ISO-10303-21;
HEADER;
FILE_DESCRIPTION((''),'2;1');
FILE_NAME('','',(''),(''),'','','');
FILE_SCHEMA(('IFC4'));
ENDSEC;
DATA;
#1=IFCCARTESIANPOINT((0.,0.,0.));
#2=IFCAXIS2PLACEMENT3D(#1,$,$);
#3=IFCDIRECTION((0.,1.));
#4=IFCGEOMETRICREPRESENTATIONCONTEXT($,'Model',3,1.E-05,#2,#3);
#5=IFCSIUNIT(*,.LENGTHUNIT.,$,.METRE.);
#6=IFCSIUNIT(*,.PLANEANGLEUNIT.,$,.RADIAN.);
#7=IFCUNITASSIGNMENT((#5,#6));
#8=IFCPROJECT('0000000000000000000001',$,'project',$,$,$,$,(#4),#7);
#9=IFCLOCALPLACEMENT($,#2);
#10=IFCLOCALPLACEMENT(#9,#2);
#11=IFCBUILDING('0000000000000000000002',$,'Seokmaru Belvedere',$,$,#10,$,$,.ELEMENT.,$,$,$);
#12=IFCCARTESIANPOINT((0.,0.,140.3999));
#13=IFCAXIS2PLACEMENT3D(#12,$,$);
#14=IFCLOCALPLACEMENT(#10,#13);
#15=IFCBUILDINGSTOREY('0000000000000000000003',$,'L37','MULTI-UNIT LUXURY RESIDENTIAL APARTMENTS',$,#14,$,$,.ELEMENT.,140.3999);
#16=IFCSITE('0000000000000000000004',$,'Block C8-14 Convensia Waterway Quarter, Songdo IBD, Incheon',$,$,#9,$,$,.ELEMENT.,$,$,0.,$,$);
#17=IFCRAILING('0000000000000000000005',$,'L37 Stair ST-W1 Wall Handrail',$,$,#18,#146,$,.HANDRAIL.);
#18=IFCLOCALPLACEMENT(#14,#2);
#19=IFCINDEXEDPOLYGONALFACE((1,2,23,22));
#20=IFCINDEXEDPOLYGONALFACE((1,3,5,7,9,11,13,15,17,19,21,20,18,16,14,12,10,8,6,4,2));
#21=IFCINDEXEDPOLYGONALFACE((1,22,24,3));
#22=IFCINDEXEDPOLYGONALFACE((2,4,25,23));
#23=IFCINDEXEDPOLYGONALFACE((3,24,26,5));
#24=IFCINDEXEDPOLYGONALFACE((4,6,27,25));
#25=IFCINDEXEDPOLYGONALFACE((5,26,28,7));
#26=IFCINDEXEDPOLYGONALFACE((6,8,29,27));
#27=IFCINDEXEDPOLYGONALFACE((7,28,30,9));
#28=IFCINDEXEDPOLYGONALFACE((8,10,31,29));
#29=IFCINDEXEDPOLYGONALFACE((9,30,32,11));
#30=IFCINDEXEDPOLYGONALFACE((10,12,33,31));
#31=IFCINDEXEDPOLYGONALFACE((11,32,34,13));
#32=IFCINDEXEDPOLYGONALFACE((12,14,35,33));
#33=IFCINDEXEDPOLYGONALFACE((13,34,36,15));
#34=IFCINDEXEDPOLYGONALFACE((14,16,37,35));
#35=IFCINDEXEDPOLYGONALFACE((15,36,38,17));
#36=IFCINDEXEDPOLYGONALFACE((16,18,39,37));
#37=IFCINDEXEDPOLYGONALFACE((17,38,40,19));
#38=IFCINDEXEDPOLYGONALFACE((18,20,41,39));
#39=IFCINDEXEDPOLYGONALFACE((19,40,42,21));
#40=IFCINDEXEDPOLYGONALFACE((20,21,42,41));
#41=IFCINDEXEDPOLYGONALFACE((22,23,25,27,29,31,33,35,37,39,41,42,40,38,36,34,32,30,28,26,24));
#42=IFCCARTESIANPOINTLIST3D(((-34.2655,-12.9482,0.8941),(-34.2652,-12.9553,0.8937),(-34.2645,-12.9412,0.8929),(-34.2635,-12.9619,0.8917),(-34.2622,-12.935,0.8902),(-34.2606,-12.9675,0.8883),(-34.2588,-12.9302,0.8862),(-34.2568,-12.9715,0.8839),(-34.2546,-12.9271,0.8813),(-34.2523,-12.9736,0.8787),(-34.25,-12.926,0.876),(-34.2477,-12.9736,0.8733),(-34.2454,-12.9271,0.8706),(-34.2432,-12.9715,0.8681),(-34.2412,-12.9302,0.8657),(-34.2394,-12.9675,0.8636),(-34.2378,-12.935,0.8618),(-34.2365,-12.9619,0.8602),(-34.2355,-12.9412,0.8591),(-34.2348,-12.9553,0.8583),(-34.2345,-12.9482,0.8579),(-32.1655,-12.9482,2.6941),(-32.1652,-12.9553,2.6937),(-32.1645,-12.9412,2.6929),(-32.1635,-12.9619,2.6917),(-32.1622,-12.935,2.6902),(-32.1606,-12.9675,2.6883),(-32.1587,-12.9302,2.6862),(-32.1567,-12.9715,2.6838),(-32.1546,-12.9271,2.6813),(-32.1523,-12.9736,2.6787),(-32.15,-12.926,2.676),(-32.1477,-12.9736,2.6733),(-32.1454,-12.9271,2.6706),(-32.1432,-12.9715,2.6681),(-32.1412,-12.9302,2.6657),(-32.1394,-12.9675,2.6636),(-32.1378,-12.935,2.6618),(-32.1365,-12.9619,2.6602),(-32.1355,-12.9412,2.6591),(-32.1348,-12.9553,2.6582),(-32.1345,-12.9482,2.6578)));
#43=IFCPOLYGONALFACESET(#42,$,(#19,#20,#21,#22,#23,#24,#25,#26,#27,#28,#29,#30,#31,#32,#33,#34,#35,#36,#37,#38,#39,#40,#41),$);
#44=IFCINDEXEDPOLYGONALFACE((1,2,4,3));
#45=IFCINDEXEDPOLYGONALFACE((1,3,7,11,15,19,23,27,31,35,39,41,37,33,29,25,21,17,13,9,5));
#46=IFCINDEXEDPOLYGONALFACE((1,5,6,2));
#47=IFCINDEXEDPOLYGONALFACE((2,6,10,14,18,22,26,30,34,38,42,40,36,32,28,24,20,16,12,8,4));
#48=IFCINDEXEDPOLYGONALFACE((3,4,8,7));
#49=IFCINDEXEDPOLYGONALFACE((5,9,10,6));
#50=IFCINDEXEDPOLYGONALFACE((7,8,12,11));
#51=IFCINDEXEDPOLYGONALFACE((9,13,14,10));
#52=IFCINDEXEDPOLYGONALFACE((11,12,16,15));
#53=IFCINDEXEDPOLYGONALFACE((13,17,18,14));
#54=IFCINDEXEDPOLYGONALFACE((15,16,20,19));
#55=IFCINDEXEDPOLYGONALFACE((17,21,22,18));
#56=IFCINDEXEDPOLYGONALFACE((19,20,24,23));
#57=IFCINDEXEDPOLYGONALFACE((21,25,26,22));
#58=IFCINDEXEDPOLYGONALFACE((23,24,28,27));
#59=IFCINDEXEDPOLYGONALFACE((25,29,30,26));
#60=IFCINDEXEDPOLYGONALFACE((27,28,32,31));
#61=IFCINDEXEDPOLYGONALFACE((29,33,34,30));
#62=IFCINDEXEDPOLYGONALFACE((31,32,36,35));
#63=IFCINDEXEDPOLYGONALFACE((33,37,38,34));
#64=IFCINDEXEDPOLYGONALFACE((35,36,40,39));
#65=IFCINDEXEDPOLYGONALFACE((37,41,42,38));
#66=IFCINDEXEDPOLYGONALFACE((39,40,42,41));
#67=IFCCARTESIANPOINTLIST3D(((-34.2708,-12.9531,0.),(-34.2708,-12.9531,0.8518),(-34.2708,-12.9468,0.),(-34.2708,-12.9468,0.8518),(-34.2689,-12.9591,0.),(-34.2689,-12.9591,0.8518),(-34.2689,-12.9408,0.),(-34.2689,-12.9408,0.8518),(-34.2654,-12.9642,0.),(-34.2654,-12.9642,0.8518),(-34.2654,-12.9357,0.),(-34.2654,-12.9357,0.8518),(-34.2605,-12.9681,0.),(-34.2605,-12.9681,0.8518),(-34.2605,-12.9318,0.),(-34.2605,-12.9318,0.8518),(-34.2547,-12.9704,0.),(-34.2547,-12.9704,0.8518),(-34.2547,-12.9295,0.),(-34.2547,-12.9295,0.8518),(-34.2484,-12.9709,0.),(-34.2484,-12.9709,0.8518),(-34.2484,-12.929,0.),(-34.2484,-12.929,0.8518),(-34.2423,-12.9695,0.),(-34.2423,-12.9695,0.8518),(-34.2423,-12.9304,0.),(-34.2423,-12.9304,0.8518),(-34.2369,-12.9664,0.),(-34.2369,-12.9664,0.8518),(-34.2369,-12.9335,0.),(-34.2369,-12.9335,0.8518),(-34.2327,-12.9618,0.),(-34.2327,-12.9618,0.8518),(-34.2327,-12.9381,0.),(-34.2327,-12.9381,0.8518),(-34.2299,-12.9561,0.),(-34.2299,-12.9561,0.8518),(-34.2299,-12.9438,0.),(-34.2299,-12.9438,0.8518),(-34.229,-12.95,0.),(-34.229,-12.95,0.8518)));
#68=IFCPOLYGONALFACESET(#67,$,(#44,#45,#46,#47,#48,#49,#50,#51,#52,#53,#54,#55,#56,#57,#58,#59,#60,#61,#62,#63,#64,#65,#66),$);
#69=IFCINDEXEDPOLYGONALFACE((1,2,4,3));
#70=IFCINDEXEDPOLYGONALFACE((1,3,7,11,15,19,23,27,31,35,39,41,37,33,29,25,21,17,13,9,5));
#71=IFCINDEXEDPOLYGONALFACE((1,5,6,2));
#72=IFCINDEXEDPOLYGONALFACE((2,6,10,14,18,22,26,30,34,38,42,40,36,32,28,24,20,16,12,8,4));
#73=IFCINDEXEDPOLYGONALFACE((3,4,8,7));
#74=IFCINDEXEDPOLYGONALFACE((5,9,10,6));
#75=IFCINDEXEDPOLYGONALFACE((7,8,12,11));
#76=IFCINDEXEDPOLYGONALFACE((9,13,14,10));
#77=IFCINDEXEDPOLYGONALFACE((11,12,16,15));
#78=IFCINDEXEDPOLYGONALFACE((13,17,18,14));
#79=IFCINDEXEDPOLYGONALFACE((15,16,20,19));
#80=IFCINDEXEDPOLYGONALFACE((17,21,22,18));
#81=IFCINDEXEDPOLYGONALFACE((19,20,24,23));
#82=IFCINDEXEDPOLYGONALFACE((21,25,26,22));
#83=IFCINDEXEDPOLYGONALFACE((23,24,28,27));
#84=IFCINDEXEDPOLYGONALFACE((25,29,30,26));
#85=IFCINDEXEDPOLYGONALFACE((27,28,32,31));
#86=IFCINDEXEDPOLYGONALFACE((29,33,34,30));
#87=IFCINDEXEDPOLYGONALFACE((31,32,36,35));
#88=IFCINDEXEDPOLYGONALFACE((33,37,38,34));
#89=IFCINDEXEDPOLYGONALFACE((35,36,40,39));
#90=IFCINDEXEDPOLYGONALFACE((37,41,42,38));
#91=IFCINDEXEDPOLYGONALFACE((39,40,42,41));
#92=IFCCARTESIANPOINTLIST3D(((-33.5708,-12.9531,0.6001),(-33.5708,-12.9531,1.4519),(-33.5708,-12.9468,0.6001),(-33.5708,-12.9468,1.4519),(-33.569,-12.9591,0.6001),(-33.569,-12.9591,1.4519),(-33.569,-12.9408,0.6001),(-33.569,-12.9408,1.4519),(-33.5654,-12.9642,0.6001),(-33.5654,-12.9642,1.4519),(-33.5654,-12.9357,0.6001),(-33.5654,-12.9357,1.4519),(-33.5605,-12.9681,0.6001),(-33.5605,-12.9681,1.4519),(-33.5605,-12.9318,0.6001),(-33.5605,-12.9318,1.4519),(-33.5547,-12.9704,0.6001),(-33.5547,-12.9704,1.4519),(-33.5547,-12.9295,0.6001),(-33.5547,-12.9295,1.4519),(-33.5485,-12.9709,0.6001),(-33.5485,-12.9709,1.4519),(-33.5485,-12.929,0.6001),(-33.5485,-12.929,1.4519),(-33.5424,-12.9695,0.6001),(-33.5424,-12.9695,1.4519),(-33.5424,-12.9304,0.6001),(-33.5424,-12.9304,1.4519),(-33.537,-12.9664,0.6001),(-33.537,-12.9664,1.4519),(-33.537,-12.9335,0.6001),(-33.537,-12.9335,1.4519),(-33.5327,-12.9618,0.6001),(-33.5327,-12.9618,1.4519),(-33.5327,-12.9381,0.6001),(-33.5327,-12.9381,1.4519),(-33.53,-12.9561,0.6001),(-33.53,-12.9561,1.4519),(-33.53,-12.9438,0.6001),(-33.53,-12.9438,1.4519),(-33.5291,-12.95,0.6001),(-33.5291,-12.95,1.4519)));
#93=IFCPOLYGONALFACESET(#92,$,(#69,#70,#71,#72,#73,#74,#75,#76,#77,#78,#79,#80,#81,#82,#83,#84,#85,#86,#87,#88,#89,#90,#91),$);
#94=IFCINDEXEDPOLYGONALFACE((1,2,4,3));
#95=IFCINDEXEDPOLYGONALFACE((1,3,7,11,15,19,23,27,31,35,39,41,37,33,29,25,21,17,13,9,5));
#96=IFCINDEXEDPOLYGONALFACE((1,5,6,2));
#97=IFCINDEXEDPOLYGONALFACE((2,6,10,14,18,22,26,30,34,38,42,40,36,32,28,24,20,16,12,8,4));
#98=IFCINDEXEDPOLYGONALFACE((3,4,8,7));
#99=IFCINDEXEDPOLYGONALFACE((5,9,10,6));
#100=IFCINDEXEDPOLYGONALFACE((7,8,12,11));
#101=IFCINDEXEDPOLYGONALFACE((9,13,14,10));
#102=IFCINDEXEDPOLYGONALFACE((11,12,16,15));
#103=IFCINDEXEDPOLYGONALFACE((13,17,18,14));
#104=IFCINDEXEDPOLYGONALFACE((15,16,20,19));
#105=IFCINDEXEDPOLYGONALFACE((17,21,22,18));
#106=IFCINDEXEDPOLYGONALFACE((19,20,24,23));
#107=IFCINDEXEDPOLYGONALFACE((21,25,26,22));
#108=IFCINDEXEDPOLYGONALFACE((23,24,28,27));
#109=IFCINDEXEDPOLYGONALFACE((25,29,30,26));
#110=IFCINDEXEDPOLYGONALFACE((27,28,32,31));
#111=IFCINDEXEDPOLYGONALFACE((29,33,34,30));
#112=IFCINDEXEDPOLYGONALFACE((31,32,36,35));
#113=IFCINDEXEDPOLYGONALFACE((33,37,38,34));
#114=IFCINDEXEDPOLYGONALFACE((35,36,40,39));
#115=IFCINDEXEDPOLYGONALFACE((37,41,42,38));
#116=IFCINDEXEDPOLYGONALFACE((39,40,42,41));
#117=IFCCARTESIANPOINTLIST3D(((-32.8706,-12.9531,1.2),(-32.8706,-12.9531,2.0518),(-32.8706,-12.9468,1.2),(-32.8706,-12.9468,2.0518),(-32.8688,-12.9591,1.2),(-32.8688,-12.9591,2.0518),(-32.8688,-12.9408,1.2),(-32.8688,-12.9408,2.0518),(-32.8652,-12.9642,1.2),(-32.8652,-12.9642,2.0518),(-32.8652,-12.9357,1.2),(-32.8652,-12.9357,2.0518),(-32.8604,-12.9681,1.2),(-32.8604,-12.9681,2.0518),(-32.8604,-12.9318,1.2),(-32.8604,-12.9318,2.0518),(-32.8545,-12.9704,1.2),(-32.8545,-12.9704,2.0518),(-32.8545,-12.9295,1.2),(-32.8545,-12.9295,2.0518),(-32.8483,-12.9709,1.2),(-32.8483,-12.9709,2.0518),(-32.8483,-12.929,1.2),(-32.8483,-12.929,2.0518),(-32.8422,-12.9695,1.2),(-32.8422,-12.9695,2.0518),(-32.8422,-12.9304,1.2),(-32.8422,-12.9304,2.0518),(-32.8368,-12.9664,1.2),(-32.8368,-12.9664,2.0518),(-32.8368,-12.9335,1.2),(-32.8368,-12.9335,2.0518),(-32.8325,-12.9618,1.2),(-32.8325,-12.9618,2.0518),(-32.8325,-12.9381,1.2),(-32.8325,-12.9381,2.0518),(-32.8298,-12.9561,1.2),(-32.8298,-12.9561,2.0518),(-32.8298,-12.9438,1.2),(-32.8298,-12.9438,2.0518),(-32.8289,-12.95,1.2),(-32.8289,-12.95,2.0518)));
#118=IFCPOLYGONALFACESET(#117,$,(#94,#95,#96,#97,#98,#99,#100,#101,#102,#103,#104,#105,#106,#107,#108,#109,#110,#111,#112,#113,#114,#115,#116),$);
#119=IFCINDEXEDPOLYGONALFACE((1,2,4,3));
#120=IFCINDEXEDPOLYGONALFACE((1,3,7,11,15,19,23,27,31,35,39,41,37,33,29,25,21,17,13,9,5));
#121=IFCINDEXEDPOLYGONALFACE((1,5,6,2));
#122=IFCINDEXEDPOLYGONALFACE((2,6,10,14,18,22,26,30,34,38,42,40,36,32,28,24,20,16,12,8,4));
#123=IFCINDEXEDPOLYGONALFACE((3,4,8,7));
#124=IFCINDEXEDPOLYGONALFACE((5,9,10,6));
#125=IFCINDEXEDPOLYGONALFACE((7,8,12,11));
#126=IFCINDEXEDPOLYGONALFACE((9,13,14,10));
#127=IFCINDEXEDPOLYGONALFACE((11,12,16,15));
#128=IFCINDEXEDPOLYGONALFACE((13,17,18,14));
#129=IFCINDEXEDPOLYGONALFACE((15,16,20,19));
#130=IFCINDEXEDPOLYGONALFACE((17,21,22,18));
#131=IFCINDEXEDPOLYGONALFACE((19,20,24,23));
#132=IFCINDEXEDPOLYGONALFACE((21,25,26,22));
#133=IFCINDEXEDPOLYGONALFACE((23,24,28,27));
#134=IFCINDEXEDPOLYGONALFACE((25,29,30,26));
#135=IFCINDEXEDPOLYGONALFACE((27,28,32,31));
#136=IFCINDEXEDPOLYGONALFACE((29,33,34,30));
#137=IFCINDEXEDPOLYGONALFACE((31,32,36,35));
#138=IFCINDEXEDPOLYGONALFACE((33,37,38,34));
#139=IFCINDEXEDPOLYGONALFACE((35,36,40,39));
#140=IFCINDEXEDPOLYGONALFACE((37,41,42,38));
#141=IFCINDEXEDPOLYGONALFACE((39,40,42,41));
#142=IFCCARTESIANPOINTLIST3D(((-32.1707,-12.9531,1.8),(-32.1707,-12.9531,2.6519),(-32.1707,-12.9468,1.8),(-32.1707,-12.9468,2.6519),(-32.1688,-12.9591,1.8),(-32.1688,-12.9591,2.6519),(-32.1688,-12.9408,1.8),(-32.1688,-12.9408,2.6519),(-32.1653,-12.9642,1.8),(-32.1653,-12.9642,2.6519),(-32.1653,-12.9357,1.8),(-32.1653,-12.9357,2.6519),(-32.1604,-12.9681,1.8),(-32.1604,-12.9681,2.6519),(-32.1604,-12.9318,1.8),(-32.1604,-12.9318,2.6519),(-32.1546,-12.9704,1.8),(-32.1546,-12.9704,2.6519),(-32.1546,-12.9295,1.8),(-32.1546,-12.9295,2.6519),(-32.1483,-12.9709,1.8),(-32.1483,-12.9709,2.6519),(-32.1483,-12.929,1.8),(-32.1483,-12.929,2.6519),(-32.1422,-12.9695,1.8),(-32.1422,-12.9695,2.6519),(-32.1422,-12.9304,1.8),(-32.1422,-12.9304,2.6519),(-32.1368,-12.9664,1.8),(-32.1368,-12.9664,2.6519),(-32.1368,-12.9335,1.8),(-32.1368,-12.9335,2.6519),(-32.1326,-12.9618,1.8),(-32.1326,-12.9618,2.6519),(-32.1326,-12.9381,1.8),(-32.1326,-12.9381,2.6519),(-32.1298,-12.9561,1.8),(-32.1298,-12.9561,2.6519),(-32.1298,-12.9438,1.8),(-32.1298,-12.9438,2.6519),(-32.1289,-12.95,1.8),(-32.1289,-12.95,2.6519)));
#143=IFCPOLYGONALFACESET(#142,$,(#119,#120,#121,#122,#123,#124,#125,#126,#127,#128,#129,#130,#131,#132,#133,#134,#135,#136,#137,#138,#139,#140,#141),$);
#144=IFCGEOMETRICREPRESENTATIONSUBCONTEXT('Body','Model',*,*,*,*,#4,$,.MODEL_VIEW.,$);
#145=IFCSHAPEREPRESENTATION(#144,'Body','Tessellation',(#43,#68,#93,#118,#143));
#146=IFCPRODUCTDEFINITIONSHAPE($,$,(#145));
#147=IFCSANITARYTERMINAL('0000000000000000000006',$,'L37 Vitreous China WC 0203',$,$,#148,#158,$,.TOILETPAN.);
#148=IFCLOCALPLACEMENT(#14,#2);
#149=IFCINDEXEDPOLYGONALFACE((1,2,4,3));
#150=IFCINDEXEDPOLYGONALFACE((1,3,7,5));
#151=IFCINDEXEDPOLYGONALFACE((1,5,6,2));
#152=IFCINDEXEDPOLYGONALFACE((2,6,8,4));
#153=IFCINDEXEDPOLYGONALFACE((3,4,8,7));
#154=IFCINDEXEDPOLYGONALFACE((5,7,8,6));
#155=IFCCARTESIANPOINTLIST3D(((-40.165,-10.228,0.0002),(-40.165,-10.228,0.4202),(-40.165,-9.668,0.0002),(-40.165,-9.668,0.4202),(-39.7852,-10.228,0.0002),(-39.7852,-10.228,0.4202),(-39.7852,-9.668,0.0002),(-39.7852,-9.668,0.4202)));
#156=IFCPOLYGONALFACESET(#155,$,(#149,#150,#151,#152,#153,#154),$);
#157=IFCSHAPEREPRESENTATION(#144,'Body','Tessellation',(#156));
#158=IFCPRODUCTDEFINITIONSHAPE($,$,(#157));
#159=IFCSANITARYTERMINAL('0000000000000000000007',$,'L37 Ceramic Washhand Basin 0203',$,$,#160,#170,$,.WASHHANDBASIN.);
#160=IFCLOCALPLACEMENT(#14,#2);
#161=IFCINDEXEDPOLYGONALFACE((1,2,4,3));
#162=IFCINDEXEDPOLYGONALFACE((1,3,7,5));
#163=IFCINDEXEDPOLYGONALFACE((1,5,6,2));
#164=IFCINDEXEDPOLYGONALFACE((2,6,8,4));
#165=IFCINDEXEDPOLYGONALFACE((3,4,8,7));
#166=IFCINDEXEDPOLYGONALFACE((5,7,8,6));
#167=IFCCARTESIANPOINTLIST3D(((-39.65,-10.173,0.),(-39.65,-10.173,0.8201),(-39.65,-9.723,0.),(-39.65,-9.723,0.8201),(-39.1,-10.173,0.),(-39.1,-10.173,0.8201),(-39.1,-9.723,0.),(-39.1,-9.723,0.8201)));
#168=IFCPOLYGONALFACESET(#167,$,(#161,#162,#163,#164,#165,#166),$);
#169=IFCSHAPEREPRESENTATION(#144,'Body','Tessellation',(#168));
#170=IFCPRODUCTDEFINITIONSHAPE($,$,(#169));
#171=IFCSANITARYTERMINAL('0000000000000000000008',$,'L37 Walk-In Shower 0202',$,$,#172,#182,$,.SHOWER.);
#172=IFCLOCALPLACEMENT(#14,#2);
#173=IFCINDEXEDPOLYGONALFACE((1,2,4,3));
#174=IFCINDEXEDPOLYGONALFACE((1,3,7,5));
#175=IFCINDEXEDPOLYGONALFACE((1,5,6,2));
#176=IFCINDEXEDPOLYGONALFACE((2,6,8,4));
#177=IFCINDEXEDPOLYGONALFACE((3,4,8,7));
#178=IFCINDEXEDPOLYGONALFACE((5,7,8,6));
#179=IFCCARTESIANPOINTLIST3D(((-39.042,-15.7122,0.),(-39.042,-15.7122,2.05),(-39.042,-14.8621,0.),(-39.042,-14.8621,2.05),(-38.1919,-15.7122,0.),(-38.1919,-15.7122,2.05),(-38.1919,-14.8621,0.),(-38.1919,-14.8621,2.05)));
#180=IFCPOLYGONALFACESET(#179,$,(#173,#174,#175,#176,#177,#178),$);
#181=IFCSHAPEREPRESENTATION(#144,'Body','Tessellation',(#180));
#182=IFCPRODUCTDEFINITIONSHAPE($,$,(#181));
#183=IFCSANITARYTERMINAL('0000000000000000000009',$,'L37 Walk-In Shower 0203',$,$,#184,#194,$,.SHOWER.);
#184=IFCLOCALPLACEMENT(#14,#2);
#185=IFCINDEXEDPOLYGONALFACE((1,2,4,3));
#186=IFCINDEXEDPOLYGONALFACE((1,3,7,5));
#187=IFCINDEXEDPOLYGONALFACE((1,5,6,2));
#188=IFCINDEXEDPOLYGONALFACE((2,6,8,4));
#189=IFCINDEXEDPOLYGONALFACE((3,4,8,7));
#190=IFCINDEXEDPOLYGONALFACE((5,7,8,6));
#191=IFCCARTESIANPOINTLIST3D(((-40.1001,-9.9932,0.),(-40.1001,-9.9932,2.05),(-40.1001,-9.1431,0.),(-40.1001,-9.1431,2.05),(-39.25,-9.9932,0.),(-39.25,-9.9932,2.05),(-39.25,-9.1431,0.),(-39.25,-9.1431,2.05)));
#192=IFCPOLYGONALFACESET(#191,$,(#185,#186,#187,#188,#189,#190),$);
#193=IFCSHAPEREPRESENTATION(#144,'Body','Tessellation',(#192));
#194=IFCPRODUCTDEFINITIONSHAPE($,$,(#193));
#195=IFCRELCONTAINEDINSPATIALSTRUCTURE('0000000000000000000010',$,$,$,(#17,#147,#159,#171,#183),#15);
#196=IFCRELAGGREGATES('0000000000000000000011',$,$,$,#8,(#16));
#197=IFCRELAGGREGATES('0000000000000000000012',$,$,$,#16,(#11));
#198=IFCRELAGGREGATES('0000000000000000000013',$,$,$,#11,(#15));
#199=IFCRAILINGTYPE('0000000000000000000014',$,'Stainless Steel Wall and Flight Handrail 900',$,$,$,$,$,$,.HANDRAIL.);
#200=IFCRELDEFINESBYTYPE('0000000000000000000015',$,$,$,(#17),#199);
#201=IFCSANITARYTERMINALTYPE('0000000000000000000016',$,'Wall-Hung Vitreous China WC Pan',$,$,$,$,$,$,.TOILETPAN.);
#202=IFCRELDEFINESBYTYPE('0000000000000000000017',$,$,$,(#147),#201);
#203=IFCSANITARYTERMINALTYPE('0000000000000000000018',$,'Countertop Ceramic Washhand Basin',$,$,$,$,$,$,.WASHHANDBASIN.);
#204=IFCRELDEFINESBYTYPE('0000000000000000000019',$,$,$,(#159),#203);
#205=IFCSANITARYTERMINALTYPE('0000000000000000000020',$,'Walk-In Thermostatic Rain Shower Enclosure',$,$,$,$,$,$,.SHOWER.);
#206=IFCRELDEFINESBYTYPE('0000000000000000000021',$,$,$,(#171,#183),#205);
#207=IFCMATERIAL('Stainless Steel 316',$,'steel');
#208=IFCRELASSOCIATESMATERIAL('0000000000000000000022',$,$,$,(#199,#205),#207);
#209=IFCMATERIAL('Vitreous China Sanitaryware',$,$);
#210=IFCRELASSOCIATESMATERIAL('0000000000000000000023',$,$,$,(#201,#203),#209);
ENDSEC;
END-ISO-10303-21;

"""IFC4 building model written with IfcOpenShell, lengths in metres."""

from ifc_helpers import new_model, si_unit, direction, frame, origin, origin_2d, place, context, subcontext, project, spatial, rectangle, circle, extrude, source, transform, mapped, material, type_object, type_shapes, element, save


model = new_model("IFC4")

# Units and contexts
model_context = context("Model", 3, precision=1e-05, world=origin(), true_north=direction((0.0, 1.0)))
body_context = subcontext(model_context, "Body", "Model", "MODEL_VIEW")
ifc_project = project(units=[si_unit("LENGTHUNIT", "METRE"), si_unit("PLANEANGLEUNIT", "RADIAN")], contexts=[model_context])

# Site, building, storey
site_placement = place(None, origin())
site = spatial("IfcSite", under=ifc_project, at=site_placement, Name="Block C8-14 Convensia Waterway Quarter, Songdo IBD, Incheon", CompositionType="ELEMENT", RefElevation=0.0)
building_placement = place(site_placement, origin())
building = spatial("IfcBuilding", under=site, at=building_placement, Name="Seokmaru Belvedere", CompositionType="ELEMENT")
storey_placement = place(building_placement, frame((0.0, 0.0, 140.3999)))
storey = spatial("IfcBuildingStorey", under=building, at=storey_placement, Name="L37", Description="MULTI-UNIT LUXURY RESIDENTIAL APARTMENTS", CompositionType="ELEMENT", Elevation=140.3999)

# Shared definitions
ifc_material_1 = material(Name="Stainless Steel 316", Category="steel")

# Railing
railing_type_1 = type_object("IfcRailingType", Name="Stainless Steel Wall and Flight Handrail 900", PredefinedType="HANDRAIL", material=ifc_material_1)
railing_1_placement = place(storey_placement, frame((-34.25, -12.95, 0.0)))
element("IfcRailing", 1, at=railing_1_placement, inside=storey, type_object=railing_type_1, Name="L37 Stair ST-W1 Wall Handrail", PredefinedType="HANDRAIL", context=body_context, shape_type="SweptSolid", body=[
    extrude(circle(Radius=0.0239, at=origin_2d()), frame((0.0, 0.0, 0.876), z_axis=(0.759263, 0.0, 0.650784), x_axis=(0.0, 1.0, 0.0)), (0.0, 0.0, 1.0), 2.7659),
    extrude(circle(Radius=0.021, at=origin_2d()), origin(), (0.0, 0.0, 1.0), 0.8518),
    extrude(circle(Radius=0.021, at=origin_2d()), frame((0.7, 0.0, 0.6001)), (0.0, 0.0, 1.0), 0.8518),
    extrude(circle(Radius=0.021, at=origin_2d()), frame((1.4001, 0.0, 1.2)), (0.0, 0.0, 1.0), 0.8518),
    extrude(circle(Radius=0.021, at=origin_2d()), frame((2.1001, 0.0, 1.8)), (0.0, 0.0, 1.0), 0.8518),
])

# Sanitary terminals
ifc_material_2 = material(Name="Vitreous China Sanitaryware")
sanitary_terminal_type_1 = type_object("IfcSanitaryTerminalType", Name="Wall-Hung Vitreous China WC Pan", PredefinedType="TOILETPAN", material=ifc_material_2)
shared_shape_1 = source(origin(), body_context, "Body", "SweptSolid", [
    extrude(rectangle(XDim=0.3799, YDim=0.5601, at=origin_2d()), origin(), (0.0, 0.0, 1.0), 0.4199),
])
type_shapes(sanitary_terminal_type_1, [shared_shape_1])
sanitary_terminal_1_placement = place(storey_placement, frame((-39.9751, -9.948, 0.0002), z_axis=(0.0, 0.0, 1.0), x_axis=(1.0, 0.0, 0.0)))
element("IfcSanitaryTerminal", 2, at=sanitary_terminal_1_placement, inside=storey, type_object=sanitary_terminal_type_1, Name="L37 Vitreous China WC 0203", PredefinedType="TOILETPAN", context=body_context, shape_type="MappedRepresentation", body=[
    mapped(shared_shape_1, transform((0.0, 0.0, 0.0), scale=1.0)),
])
sanitary_terminal_type_2 = type_object("IfcSanitaryTerminalType", Name="Countertop Ceramic Washhand Basin", PredefinedType="WASHHANDBASIN", material=ifc_material_2)
shared_shape_2 = source(origin(), body_context, "Body", "SweptSolid", [
    extrude(rectangle(XDim=0.55, YDim=0.45, at=origin_2d()), origin(), (0.0, 0.0, 1.0), 0.8201),
])
type_shapes(sanitary_terminal_type_2, [shared_shape_2])
sanitary_terminal_2_placement = place(storey_placement, frame((-39.375, -9.948, 0.0), z_axis=(0.0, 0.0, 1.0), x_axis=(1.0, 0.0, 0.0)))
element("IfcSanitaryTerminal", 3, at=sanitary_terminal_2_placement, inside=storey, type_object=sanitary_terminal_type_2, Name="L37 Ceramic Washhand Basin 0203", PredefinedType="WASHHANDBASIN", context=body_context, shape_type="MappedRepresentation", body=[
    mapped(shared_shape_2, transform((0.0, 0.0, 0.0), scale=1.0)),
])
sanitary_terminal_type_3 = type_object("IfcSanitaryTerminalType", Name="Walk-In Thermostatic Rain Shower Enclosure", PredefinedType="SHOWER", material=ifc_material_1)
shared_shape_3 = source(origin(), body_context, "Body", "SweptSolid", [
    extrude(rectangle(XDim=0.8501, YDim=0.8501, at=origin_2d()), origin(), (0.0, 0.0, 1.0), 2.05),
])
type_shapes(sanitary_terminal_type_3, [shared_shape_3])
for number, where, z_axis, x_axis, name in (
    (4, (-38.6169, -15.2871, 0.0), (0.0, 0.0, 1.0), (1.0, 0.0, 0.0), "L37 Walk-In Shower 0202"),
    (5, (-39.675, -9.5681, 0.0), (0.0, 0.0, 1.0), (1.0, 0.0, 0.0), "L37 Walk-In Shower 0203"),
):
    element("IfcSanitaryTerminal", number, at=place(storey_placement, frame(where, z_axis=z_axis, x_axis=x_axis)), inside=storey, type_object=sanitary_terminal_type_3, Name=name, PredefinedType="SHOWER", context=body_context, shape_type="MappedRepresentation", body=[
        mapped(shared_shape_3, transform((0.0, 0.0, 0.0), scale=1.0)),
    ])

save(model, "model.ifc")
